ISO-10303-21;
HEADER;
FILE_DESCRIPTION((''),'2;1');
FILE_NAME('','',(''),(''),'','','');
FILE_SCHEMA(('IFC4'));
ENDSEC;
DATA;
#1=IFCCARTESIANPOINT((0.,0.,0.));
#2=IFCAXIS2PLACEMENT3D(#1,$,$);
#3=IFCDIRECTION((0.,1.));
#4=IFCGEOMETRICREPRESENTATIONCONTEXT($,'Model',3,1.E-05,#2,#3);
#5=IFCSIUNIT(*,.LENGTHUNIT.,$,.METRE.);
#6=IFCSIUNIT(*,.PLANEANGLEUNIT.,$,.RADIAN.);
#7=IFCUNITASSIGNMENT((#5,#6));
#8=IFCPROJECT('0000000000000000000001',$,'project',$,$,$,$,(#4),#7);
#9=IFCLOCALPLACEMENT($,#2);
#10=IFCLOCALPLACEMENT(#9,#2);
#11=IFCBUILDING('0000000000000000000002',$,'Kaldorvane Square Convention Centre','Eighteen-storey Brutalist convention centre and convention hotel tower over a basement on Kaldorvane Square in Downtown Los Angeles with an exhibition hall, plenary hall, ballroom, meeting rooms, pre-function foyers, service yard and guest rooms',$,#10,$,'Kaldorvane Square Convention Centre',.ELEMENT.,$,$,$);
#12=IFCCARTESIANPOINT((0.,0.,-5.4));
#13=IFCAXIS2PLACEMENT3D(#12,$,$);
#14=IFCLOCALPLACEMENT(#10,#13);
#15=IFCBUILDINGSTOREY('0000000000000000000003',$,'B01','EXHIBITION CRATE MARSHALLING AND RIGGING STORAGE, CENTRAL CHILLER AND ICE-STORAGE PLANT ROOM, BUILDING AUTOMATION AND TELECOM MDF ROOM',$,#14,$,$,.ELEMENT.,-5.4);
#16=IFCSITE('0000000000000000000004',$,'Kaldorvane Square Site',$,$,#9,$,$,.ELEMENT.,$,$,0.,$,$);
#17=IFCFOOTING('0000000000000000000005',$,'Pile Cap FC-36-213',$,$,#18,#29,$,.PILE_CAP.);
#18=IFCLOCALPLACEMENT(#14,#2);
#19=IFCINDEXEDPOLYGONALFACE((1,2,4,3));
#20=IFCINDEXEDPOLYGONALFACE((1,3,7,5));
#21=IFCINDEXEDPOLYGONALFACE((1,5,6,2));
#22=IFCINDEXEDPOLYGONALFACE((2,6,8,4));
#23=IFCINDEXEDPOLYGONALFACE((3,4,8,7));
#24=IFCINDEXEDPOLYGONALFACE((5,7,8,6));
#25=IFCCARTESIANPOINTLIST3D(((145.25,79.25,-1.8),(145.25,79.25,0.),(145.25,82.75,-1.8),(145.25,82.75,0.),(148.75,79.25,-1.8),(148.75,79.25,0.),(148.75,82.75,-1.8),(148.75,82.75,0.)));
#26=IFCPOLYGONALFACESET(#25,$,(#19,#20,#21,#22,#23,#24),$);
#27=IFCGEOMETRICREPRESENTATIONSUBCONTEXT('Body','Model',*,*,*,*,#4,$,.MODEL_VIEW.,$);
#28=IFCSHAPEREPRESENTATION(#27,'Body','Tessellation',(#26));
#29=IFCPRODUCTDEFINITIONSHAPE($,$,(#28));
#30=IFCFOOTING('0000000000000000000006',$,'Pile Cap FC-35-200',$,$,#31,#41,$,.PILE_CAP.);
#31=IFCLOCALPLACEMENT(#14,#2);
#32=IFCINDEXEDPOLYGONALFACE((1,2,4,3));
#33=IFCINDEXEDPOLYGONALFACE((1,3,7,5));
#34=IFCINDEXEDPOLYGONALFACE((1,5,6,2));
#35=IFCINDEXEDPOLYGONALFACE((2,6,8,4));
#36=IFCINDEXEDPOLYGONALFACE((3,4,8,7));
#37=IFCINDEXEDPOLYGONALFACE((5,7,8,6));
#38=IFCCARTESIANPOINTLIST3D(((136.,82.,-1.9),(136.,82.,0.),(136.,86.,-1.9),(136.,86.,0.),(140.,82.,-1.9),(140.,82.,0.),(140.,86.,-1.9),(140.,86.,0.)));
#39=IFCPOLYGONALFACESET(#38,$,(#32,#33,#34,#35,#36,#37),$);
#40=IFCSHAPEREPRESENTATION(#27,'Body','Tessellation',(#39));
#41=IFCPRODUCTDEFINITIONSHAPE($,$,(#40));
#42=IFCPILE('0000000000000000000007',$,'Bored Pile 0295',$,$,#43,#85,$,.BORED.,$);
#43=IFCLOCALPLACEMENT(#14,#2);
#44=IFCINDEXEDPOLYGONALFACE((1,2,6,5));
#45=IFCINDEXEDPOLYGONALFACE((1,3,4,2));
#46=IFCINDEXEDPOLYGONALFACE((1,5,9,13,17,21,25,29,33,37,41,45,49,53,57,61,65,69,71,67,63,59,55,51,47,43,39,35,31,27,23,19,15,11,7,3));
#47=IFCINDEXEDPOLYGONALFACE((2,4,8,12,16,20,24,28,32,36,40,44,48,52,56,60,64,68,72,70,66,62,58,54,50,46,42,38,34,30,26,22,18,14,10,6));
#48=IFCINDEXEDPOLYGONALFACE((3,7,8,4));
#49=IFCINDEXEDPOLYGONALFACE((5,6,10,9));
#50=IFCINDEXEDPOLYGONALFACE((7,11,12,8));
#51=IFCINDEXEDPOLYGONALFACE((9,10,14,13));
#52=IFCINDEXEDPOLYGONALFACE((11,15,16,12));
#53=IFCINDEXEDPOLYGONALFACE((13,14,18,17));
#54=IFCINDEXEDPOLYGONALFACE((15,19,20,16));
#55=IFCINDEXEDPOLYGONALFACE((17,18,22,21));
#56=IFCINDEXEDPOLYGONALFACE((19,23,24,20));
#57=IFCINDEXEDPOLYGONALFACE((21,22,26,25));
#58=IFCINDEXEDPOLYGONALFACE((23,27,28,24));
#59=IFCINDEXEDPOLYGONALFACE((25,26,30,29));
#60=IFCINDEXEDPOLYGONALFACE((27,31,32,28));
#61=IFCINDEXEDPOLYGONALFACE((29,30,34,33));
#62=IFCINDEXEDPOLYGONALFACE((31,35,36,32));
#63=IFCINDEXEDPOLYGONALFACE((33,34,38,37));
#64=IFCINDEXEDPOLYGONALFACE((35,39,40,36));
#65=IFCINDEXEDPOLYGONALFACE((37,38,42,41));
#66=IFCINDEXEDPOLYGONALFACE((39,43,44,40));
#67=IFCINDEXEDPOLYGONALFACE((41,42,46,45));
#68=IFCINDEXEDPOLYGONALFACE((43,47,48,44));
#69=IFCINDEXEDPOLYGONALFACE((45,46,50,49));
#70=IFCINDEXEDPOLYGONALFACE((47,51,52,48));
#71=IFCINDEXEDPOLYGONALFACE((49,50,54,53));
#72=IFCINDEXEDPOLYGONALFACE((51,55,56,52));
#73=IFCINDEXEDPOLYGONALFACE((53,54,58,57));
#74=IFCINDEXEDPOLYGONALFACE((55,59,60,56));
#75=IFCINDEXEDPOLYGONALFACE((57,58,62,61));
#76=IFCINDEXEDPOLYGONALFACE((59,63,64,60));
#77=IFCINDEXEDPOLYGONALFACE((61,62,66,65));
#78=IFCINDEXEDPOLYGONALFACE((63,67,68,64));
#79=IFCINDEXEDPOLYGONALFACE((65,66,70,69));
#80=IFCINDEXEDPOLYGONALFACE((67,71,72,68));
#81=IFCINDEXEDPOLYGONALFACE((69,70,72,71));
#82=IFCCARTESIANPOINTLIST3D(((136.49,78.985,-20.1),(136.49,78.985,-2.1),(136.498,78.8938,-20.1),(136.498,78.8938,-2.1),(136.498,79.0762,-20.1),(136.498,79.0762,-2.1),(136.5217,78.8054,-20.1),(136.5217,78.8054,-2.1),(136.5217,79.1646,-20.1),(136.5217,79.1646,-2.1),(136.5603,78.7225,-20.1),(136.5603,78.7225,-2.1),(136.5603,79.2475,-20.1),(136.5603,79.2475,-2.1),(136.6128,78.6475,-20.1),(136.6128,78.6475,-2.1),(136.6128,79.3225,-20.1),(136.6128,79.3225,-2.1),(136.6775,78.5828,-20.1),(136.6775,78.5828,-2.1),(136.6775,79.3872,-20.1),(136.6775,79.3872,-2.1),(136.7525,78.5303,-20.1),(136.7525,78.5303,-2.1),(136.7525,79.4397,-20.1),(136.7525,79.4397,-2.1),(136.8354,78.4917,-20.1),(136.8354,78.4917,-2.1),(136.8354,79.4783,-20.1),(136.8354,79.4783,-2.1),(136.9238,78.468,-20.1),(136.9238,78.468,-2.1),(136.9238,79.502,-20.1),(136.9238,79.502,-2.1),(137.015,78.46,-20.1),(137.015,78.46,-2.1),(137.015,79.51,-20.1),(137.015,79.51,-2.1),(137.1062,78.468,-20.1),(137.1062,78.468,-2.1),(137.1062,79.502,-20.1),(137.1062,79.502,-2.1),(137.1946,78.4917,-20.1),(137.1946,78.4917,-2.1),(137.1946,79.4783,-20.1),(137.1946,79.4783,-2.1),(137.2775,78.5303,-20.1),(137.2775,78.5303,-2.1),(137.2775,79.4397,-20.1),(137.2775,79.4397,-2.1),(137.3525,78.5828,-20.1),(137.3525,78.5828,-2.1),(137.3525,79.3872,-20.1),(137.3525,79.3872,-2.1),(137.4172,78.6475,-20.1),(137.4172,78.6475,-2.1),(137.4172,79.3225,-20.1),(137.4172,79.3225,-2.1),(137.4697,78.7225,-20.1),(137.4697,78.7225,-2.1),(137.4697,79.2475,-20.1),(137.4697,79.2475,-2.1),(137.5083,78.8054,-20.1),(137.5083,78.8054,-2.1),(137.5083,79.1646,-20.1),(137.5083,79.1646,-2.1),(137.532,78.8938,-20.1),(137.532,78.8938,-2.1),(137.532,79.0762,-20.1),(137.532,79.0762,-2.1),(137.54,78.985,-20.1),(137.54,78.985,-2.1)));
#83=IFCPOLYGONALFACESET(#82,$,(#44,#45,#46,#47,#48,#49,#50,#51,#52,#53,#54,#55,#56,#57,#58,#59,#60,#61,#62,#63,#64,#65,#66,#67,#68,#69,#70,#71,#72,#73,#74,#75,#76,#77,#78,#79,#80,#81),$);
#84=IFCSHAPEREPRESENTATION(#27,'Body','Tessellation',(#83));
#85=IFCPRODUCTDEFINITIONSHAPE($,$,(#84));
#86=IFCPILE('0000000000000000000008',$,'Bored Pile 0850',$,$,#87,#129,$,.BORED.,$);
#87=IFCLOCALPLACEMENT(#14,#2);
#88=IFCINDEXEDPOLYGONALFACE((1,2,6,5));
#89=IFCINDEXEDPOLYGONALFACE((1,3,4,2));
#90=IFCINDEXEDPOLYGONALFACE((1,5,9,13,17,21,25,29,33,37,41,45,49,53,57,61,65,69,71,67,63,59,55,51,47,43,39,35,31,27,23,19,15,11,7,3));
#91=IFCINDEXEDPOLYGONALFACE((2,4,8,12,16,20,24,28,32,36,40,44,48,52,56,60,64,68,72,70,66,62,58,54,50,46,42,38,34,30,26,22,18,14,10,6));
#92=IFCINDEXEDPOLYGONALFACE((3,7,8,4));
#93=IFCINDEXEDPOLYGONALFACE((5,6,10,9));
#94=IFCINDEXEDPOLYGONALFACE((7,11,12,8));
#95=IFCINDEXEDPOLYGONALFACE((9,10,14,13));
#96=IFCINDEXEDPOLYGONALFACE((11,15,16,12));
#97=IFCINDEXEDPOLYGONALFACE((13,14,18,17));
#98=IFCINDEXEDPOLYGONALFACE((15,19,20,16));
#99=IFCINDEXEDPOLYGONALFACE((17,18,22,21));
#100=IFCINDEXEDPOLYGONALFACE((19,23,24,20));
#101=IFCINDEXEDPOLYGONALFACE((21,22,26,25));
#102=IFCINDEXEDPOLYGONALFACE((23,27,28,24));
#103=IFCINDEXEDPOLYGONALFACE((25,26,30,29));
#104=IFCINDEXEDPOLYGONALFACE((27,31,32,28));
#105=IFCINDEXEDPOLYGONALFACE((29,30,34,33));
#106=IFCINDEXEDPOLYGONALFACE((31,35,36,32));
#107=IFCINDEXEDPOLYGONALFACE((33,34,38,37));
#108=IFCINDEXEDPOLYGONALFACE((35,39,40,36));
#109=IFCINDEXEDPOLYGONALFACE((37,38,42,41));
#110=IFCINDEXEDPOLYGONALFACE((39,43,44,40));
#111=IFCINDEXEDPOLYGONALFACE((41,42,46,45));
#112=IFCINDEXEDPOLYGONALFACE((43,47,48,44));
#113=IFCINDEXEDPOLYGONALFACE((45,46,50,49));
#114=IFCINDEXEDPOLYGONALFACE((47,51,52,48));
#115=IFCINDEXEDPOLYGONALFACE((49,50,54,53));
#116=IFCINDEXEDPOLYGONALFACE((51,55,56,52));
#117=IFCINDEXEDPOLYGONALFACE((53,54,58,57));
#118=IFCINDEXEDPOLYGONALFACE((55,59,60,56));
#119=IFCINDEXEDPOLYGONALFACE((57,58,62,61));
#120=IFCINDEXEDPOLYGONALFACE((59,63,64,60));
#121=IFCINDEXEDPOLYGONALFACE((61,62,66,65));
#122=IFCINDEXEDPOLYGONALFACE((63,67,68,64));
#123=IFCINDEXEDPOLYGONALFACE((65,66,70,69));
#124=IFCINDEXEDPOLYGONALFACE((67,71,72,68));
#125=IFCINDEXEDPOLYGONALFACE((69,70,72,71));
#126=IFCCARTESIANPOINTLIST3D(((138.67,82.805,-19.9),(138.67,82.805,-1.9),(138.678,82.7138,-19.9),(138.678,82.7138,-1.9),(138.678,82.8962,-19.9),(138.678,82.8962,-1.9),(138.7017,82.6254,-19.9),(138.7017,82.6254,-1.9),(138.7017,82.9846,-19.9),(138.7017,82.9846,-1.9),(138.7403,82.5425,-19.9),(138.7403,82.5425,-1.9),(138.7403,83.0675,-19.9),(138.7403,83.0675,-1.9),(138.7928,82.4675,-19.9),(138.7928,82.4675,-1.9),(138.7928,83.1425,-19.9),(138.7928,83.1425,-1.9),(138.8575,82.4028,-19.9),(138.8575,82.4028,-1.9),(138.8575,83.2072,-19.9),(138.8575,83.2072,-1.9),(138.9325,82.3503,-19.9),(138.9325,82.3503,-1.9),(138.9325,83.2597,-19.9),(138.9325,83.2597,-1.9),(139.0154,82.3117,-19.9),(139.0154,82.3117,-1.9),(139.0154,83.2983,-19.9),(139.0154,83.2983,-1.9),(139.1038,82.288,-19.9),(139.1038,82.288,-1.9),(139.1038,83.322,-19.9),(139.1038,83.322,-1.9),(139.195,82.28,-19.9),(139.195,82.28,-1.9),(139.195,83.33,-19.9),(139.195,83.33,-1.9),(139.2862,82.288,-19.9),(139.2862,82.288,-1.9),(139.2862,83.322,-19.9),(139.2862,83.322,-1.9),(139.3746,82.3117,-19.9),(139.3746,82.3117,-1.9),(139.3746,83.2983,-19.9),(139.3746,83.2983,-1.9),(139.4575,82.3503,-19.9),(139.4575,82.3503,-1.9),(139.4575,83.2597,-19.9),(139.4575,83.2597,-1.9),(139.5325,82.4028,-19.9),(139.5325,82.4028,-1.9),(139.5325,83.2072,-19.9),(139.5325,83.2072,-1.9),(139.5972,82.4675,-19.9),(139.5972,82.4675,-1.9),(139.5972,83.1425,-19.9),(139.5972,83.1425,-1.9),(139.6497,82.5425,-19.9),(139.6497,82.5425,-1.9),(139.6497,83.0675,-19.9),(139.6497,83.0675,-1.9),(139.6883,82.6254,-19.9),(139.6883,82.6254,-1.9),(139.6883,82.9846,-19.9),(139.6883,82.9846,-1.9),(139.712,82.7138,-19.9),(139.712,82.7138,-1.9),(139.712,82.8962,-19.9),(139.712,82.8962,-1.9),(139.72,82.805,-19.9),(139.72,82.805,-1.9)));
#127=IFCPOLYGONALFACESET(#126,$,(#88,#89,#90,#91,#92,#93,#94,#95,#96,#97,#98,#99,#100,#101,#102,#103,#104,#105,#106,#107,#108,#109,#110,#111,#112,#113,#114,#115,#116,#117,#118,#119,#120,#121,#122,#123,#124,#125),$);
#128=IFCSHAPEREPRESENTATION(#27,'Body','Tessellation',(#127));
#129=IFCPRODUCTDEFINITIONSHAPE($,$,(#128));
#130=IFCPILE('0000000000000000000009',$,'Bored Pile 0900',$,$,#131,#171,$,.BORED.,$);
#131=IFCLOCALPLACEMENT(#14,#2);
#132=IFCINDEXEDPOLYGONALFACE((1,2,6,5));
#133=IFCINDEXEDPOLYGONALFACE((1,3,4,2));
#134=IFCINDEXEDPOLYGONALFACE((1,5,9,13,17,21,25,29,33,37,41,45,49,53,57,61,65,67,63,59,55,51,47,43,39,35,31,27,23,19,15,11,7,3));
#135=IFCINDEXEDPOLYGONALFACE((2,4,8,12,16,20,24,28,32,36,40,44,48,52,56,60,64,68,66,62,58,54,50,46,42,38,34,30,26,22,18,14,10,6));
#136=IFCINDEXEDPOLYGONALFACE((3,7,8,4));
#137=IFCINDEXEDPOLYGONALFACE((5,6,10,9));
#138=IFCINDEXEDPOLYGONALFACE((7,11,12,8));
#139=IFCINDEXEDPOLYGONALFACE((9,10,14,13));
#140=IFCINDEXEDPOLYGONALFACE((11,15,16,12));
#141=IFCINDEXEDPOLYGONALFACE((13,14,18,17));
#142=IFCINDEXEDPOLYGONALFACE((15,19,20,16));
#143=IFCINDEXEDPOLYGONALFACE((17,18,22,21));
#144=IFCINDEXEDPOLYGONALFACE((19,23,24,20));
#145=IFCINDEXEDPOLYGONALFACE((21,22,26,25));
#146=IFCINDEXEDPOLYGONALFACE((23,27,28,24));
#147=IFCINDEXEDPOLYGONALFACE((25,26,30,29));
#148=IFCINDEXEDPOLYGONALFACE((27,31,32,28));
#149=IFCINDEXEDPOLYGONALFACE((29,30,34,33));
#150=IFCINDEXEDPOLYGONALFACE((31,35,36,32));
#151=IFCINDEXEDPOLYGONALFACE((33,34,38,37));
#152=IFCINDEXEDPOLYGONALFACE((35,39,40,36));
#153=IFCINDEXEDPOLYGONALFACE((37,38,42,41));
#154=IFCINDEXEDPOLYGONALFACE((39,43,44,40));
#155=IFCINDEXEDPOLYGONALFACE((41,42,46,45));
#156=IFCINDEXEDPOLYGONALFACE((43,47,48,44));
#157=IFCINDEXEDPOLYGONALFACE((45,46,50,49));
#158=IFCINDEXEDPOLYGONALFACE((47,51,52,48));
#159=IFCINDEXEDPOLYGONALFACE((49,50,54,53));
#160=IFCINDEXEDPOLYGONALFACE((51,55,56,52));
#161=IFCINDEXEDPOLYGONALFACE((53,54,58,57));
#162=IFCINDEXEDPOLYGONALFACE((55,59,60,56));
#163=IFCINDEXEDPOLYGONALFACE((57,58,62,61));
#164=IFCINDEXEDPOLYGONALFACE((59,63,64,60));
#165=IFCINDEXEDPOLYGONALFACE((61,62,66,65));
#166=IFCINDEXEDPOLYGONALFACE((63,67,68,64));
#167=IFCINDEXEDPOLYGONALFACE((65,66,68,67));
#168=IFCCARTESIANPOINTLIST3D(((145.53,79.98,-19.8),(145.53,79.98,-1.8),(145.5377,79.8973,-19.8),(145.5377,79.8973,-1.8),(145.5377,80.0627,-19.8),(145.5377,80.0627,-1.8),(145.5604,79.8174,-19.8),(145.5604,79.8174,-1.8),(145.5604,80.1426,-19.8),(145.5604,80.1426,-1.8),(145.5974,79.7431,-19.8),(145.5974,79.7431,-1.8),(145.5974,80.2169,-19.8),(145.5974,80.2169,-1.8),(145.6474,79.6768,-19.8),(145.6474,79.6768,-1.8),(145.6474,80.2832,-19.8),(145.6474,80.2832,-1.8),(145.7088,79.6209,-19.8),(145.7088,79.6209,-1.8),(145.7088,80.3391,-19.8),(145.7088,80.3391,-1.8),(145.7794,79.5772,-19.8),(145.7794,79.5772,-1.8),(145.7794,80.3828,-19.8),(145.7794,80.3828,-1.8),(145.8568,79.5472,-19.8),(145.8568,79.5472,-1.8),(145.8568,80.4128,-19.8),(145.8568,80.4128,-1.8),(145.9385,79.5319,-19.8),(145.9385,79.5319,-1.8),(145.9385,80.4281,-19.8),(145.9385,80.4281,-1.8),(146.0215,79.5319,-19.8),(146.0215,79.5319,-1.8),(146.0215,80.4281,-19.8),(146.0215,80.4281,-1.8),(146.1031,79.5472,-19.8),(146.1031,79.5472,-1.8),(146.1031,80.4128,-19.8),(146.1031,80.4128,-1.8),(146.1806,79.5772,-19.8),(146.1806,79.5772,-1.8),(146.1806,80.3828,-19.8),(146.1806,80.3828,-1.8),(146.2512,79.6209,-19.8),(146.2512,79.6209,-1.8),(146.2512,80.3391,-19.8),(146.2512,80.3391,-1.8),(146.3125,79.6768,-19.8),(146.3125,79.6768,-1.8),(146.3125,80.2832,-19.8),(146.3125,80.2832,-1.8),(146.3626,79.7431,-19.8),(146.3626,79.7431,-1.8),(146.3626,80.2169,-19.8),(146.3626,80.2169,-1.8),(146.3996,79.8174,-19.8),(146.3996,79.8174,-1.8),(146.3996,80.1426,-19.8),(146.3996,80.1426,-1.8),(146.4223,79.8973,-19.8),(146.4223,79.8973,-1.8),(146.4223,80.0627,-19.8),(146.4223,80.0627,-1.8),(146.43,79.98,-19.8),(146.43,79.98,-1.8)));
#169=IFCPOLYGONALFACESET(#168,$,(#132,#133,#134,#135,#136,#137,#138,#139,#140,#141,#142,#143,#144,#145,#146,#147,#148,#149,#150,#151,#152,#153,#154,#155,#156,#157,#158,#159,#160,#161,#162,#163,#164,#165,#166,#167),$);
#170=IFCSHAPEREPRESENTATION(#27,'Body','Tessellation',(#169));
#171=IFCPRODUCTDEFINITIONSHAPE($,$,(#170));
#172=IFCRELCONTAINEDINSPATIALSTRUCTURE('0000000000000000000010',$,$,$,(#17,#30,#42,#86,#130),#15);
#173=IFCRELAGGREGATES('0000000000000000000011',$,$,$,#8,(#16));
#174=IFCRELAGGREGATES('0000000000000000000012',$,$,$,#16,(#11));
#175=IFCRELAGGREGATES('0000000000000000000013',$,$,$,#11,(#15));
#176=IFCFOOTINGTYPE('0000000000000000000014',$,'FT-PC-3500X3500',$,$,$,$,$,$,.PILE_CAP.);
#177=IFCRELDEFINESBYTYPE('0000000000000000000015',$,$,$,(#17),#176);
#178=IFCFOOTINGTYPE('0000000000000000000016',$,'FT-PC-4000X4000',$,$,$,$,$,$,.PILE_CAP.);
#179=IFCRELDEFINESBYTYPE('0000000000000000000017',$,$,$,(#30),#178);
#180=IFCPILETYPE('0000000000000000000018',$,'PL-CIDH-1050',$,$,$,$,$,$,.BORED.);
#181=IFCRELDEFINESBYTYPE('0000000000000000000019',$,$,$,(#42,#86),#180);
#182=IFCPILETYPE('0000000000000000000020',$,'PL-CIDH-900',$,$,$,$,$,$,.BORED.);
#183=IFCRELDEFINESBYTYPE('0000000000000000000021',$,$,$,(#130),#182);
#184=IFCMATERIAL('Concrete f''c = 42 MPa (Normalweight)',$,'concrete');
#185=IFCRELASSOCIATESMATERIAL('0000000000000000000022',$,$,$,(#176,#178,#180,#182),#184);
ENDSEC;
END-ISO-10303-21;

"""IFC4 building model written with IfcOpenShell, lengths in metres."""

from ifc_helpers import new_model, si_unit, direction, frame, origin, origin_2d, place, context, subcontext, project, spatial, rectangle, circle, extrude, material, material_profile, profile_set, type_object, element, save


model = new_model("IFC4")

# Units and contexts
model_context = context("Model", 3, precision=1e-05, world=origin(), true_north=direction((0.0, 1.0)))
body_context = subcontext(model_context, "Body", "Model", "MODEL_VIEW")
ifc_project = project(units=[si_unit("LENGTHUNIT", "METRE"), si_unit("PLANEANGLEUNIT", "RADIAN")], contexts=[model_context])

# Site, building, storey
site_placement = place(None, origin())
site = spatial("IfcSite", under=ifc_project, at=site_placement, Name="Kaldorvane Square Site", CompositionType="ELEMENT", RefElevation=0.0)
building_placement = place(site_placement, origin())
building = spatial("IfcBuilding", under=site, at=building_placement, Name="Kaldorvane Square Convention Centre", Description="Eighteen-storey Brutalist convention centre and convention hotel tower over a basement on Kaldorvane Square in Downtown Los Angeles with an exhibition hall, plenary hall, ballroom, meeting rooms, pre-function foyers, service yard and guest rooms", LongName="Kaldorvane Square Convention Centre", CompositionType="ELEMENT")
storey_placement = place(building_placement, frame((0.0, 0.0, -5.4)))
storey = spatial("IfcBuildingStorey", under=building, at=storey_placement, Name="B01", Description="EXHIBITION CRATE MARSHALLING AND RIGGING STORAGE, CENTRAL CHILLER AND ICE-STORAGE PLANT ROOM, BUILDING AUTOMATION AND TELECOM MDF ROOM", CompositionType="ELEMENT", Elevation=-5.4)

# Footings
ifc_material_1 = material(Name="Concrete f'c = 42 MPa (Normalweight)", Category="concrete")
footing_type_1 = type_object("IfcFootingType", Name="FT-PC-3500X3500", PredefinedType="PILE_CAP", material=ifc_material_1)
footing_1_placement = place(storey_placement, frame((147.0, 81.0, -1.8), z_axis=(0.0, 0.0, 1.0), x_axis=(1.0, 0.0, 0.0)))
element("IfcFooting", 1, at=footing_1_placement, inside=storey, type_object=footing_type_1, Name="Pile Cap FC-36-213", PredefinedType="PILE_CAP", context=body_context, shape_type="SweptSolid", body=[
    extrude(rectangle(XDim=3.5, YDim=3.5, at=origin_2d()), origin(), (0.0, 0.0, 1.0), 1.8),
])
footing_type_2 = type_object("IfcFootingType", Name="FT-PC-4000X4000", PredefinedType="PILE_CAP", material=ifc_material_1)
footing_2_placement = place(storey_placement, frame((138.0, 84.0, -1.9), z_axis=(0.0, 0.0, 1.0), x_axis=(1.0, 0.0, 0.0)))
element("IfcFooting", 2, at=footing_2_placement, inside=storey, type_object=footing_type_2, Name="Pile Cap FC-35-200", PredefinedType="PILE_CAP", context=body_context, shape_type="SweptSolid", body=[
    extrude(rectangle(XDim=4.0, YDim=4.0, at=origin_2d()), origin(), (0.0, 0.0, 1.0), 1.9),
])

# Piles
ifc_material_profile_1 = material_profile(ifc_material_1, circle(Radius=0.525, at=origin_2d()), Name="PILE-D1050")
ifc_profile_set_1 = profile_set([ifc_material_profile_1], Name="Concrete f'c = 42 MPa (Normalweight)")
pile_type_1 = type_object("IfcPileType", Name="PL-CIDH-1050", PredefinedType="BORED", material=ifc_profile_set_1)
for number, where, z_axis, x_axis, name in (
    (3, (137.015, 78.985, -2.1), (0.0, 0.0, -1.0), (1.0, 0.0, 0.0), "Bored Pile 0295"),
    (4, (139.195, 82.805, -1.9), (0.0, 0.0, -1.0), (1.0, 0.0, 0.0), "Bored Pile 0850"),
):
    element("IfcPile", number, at=place(storey_placement, frame(where, z_axis=z_axis, x_axis=x_axis)), inside=storey, type_object=pile_type_1, Name=name, PredefinedType="BORED", context=body_context, shape_type="SweptSolid", body=[
        extrude(circle(Radius=0.525, at=origin_2d()), origin(), (0.0, 0.0, 1.0), 18.0),
    ])
ifc_material_profile_2 = material_profile(ifc_material_1, circle(Radius=0.45, at=origin_2d()), Name="PILE-D900")
ifc_profile_set_2 = profile_set([ifc_material_profile_2], Name="Concrete f'c = 42 MPa (Normalweight)")
pile_type_2 = type_object("IfcPileType", Name="PL-CIDH-900", PredefinedType="BORED", material=ifc_profile_set_2)
for number, where, z_axis, x_axis, name in (
    (5, (145.98, 79.98, -1.8), (0.0, 0.0, -1.0), (1.0, 0.0, 0.0), "Bored Pile 0900"),
):
    element("IfcPile", number, at=place(storey_placement, frame(where, z_axis=z_axis, x_axis=x_axis)), inside=storey, type_object=pile_type_2, Name=name, PredefinedType="BORED", context=body_context, shape_type="SweptSolid", body=[
        extrude(circle(Radius=0.45, at=origin_2d()), origin(), (0.0, 0.0, 1.0), 18.0),
    ])

save(model, "model.ifc")
